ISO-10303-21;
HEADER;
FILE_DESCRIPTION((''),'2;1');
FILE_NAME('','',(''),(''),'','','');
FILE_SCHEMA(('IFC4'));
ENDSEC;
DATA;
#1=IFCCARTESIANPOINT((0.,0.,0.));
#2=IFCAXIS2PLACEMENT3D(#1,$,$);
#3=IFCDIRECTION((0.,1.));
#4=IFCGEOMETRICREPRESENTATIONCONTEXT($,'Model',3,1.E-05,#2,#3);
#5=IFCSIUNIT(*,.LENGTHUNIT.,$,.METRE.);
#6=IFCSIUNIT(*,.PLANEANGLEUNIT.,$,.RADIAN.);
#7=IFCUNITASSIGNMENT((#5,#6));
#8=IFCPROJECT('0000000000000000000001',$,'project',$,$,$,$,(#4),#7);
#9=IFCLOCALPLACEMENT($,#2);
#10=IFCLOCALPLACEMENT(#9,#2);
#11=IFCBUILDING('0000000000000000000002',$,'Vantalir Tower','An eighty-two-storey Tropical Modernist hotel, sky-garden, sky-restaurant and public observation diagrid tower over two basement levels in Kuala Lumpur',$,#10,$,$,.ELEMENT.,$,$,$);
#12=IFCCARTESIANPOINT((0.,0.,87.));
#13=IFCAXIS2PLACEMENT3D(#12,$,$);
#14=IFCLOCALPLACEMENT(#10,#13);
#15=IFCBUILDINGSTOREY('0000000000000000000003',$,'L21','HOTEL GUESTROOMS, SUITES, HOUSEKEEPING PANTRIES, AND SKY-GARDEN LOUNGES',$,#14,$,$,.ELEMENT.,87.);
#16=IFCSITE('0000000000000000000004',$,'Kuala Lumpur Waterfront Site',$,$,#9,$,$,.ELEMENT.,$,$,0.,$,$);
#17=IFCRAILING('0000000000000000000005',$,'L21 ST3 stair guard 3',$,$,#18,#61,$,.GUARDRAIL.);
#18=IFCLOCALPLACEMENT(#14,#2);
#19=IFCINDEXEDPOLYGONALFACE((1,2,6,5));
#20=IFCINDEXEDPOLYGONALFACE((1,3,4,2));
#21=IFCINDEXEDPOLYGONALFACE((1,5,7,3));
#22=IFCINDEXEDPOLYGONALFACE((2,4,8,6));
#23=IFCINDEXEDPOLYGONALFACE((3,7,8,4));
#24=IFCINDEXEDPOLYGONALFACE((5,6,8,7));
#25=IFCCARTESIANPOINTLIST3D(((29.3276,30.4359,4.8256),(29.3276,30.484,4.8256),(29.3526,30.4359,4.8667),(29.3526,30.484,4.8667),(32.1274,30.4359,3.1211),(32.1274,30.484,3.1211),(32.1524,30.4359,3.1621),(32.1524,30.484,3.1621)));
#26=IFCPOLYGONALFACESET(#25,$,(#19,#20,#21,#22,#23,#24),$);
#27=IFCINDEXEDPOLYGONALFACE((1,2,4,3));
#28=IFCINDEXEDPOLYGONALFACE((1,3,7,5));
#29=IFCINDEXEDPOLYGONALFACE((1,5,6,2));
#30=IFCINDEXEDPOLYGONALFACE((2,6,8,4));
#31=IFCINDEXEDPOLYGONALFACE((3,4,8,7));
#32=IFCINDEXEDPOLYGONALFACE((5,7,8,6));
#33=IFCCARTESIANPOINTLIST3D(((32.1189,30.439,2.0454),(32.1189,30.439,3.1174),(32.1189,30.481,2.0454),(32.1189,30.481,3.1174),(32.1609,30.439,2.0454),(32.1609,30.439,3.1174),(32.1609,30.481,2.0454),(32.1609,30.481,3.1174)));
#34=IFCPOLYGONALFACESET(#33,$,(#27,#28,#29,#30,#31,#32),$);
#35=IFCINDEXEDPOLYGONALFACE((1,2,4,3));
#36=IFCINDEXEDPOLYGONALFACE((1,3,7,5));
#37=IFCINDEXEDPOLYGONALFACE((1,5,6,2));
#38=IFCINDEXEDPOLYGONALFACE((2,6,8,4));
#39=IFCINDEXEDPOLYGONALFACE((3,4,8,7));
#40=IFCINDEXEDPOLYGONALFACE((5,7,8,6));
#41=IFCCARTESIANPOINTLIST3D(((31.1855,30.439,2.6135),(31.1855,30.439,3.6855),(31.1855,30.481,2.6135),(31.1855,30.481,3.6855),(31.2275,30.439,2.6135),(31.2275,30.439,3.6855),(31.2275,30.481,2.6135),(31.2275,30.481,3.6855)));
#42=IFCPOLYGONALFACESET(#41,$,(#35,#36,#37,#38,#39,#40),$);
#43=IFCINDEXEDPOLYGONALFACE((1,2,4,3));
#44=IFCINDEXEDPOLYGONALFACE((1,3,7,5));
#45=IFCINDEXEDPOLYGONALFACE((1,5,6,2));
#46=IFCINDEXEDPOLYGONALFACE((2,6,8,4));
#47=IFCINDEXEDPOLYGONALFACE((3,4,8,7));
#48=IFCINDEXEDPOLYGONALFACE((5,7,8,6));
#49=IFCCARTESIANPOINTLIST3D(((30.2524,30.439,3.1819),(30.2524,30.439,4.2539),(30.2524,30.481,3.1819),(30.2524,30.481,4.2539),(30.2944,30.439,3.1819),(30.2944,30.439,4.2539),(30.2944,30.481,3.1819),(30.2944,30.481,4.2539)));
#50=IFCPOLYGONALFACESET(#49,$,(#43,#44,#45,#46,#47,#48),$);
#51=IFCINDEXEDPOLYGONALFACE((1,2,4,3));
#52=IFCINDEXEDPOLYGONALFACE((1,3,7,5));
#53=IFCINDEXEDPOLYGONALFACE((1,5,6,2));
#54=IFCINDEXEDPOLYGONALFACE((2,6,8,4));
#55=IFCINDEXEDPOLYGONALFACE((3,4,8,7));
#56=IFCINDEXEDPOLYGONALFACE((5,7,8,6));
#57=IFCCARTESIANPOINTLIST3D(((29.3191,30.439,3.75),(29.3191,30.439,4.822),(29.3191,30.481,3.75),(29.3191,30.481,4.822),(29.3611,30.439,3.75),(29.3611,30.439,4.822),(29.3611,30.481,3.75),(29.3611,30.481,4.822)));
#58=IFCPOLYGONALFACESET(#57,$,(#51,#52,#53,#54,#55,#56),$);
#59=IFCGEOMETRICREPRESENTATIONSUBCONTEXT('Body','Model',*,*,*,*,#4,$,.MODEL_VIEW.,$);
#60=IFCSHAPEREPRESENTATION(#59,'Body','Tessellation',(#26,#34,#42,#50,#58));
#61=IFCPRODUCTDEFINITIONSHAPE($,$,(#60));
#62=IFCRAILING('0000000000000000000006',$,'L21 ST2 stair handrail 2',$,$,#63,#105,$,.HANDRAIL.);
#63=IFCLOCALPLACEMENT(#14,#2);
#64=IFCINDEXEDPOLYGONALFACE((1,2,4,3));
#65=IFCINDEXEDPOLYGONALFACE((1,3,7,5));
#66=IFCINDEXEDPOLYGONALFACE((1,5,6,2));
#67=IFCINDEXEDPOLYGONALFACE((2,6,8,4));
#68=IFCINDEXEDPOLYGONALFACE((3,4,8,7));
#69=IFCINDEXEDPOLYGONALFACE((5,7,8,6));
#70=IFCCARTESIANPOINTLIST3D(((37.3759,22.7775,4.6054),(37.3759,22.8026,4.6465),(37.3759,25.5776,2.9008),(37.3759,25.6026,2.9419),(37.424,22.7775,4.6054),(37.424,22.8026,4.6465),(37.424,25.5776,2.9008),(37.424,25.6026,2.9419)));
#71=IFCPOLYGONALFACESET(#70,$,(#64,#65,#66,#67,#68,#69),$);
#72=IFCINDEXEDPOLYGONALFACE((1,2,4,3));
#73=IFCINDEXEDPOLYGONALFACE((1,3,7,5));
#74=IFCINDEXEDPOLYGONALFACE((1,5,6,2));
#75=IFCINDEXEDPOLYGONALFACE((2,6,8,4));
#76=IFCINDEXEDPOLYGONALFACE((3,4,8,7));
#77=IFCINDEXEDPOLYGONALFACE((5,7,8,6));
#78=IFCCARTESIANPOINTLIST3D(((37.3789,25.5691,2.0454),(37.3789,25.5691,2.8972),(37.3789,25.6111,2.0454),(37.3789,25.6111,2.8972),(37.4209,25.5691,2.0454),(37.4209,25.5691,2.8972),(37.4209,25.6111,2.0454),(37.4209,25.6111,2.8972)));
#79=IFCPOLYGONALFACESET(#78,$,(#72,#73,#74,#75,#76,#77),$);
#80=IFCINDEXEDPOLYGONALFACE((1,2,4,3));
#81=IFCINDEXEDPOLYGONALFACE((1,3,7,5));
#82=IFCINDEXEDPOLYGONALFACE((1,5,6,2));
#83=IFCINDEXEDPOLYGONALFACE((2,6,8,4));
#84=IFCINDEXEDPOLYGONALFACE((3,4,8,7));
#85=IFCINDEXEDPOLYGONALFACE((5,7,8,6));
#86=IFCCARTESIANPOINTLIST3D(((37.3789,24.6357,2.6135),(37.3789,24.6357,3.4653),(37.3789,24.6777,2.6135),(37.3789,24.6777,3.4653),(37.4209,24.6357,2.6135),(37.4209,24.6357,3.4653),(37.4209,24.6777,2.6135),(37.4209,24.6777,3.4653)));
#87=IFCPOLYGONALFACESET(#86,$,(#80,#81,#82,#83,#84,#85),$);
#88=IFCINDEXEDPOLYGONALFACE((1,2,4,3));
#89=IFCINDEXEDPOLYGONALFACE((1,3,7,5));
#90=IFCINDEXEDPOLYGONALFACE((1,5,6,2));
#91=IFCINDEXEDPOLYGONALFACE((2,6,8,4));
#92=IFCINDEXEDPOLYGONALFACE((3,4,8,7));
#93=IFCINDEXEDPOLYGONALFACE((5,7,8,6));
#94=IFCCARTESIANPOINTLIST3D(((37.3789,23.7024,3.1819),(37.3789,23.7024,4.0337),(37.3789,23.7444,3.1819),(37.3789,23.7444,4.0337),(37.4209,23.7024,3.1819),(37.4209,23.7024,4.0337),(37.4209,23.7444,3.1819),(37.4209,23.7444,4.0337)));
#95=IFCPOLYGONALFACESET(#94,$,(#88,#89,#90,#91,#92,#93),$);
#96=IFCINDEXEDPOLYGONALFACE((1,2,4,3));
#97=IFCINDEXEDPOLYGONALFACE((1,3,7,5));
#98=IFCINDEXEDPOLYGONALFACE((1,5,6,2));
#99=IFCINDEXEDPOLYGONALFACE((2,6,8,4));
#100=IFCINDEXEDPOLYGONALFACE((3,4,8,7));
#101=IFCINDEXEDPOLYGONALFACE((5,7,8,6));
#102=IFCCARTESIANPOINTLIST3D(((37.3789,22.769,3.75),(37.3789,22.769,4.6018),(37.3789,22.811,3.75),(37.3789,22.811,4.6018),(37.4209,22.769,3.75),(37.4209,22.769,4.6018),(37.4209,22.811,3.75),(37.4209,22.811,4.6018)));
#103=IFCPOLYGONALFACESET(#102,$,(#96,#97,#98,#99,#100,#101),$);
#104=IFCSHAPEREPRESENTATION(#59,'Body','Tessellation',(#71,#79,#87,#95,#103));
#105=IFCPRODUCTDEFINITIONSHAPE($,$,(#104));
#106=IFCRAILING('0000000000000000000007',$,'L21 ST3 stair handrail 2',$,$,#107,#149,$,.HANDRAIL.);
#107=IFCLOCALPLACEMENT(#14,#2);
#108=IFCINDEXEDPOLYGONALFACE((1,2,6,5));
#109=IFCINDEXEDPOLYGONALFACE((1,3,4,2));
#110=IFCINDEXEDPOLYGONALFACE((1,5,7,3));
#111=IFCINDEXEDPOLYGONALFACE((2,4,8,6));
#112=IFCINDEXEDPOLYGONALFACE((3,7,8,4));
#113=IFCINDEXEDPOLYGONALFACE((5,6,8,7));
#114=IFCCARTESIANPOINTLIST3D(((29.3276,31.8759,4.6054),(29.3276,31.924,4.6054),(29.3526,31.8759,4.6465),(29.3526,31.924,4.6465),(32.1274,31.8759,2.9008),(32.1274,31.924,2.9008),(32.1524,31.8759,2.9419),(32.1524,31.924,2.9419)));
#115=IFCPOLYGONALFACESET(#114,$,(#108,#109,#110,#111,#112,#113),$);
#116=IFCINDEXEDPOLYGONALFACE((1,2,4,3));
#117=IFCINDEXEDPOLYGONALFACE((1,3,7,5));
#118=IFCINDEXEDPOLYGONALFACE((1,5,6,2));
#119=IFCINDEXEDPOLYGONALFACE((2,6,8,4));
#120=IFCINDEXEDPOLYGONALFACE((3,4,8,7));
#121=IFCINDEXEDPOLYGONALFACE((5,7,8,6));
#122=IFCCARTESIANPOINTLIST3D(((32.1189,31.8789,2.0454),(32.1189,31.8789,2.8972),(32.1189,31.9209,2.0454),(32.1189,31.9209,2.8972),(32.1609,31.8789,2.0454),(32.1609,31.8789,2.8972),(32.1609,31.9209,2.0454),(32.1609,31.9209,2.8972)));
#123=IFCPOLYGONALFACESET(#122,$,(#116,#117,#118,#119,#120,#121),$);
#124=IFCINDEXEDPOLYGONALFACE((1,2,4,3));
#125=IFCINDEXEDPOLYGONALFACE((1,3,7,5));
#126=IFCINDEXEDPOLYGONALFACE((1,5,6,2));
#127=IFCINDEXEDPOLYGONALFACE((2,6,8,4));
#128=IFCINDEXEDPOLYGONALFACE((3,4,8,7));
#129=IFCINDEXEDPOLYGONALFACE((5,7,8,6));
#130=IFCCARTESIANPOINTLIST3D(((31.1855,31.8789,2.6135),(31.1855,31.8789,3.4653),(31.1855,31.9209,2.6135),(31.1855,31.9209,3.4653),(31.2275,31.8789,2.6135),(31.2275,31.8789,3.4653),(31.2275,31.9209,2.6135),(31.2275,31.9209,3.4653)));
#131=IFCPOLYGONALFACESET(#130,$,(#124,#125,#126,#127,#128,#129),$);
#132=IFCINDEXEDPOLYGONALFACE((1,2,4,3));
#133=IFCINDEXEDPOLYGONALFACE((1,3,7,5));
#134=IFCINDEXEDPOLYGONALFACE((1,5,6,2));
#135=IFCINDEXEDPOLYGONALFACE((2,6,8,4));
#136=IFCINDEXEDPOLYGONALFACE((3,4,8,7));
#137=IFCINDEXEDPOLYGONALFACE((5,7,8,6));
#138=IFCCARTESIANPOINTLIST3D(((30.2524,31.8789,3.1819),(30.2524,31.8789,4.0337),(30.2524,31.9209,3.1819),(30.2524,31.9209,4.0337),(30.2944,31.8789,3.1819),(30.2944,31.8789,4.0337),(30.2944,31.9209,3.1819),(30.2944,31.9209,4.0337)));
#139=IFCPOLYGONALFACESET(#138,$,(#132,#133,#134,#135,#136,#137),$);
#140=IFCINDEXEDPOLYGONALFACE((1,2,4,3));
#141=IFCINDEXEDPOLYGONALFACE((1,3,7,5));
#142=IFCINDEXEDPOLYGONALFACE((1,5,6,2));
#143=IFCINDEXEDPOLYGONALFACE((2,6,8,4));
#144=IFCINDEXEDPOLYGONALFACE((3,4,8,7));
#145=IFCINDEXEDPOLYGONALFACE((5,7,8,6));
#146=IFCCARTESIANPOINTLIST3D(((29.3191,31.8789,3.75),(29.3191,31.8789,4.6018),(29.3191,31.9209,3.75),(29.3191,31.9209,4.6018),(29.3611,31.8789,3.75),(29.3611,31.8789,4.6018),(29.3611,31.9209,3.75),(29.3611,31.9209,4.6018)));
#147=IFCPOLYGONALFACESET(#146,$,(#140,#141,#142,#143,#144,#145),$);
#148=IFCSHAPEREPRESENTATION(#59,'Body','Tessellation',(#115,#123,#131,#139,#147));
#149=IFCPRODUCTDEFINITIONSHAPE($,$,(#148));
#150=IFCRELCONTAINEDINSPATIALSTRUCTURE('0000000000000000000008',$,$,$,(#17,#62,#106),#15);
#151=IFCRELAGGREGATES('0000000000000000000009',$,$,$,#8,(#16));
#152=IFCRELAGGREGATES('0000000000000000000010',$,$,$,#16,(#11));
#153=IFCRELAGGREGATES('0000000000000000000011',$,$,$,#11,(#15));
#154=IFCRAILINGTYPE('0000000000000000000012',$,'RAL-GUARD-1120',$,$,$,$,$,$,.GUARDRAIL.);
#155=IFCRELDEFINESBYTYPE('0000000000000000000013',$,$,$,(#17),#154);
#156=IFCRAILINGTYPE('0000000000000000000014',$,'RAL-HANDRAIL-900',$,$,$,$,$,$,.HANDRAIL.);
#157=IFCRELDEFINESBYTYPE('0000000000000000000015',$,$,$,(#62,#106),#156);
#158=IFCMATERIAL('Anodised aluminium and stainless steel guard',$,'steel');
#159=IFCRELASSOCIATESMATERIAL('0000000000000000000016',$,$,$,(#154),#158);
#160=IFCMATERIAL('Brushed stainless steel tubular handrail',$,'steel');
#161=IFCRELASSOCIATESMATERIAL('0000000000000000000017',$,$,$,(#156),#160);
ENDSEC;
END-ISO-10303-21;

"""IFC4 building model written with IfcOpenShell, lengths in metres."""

from ifc_helpers import new_model, si_unit, direction, frame, origin, origin_2d, place, context, subcontext, project, spatial, rectangle, extrude, material, type_object, element, save


model = new_model("IFC4")

# Units and contexts
model_context = context("Model", 3, precision=1e-05, world=origin(), true_north=direction((0.0, 1.0)))
body_context = subcontext(model_context, "Body", "Model", "MODEL_VIEW")
ifc_project = project(units=[si_unit("LENGTHUNIT", "METRE"), si_unit("PLANEANGLEUNIT", "RADIAN")], contexts=[model_context])

# Site, building, storey
site_placement = place(None, origin())
site = spatial("IfcSite", under=ifc_project, at=site_placement, Name="Kuala Lumpur Waterfront Site", CompositionType="ELEMENT", RefElevation=0.0)
building_placement = place(site_placement, origin())
building = spatial("IfcBuilding", under=site, at=building_placement, Name="Vantalir Tower", Description="An eighty-two-storey Tropical Modernist hotel, sky-garden, sky-restaurant and public observation diagrid tower over two basement levels in Kuala Lumpur", CompositionType="ELEMENT")
storey_placement = place(building_placement, frame((0.0, 0.0, 87.0)))
storey = spatial("IfcBuildingStorey", under=building, at=storey_placement, Name="L21", Description="HOTEL GUESTROOMS, SUITES, HOUSEKEEPING PANTRIES, AND SKY-GARDEN LOUNGES", CompositionType="ELEMENT", Elevation=87.0)

# Railings
ifc_material_1 = material(Name="Anodised aluminium and stainless steel guard", Category="steel")
railing_type_1 = type_object("IfcRailingType", Name="RAL-GUARD-1120", PredefinedType="GUARDRAIL", material=ifc_material_1)
railing_1_placement = place(storey_placement, frame((32.1399, 30.46, 2.0454)))
element("IfcRailing", 1, at=railing_1_placement, inside=storey, type_object=railing_type_1, Name="L21 ST3 stair guard 3", PredefinedType="GUARDRAIL", context=body_context, shape_type="SweptSolid", body=[
    extrude(rectangle(XDim=0.0481, YDim=0.0481, at=origin_2d()), frame((0.0, 0.0, 1.0962), z_axis=(-0.85415, 0.0, 0.520027), x_axis=(0.0, -1.0, 0.0)), (0.0, 0.0, 1.0), 3.2778),
    extrude(rectangle(XDim=0.042, YDim=0.042, at=origin_2d()), origin(), (0.0, 0.0, 1.0), 1.072),
    extrude(rectangle(XDim=0.042, YDim=0.042, at=origin_2d()), frame((-0.9333, 0.0, 0.5681)), (0.0, 0.0, 1.0), 1.072),
    extrude(rectangle(XDim=0.042, YDim=0.042, at=origin_2d()), frame((-1.8665, 0.0, 1.1365)), (0.0, 0.0, 1.0), 1.072),
    extrude(rectangle(XDim=0.042, YDim=0.042, at=origin_2d()), frame((-2.7998, 0.0, 1.7046)), (0.0, 0.0, 1.0), 1.072),
])
ifc_material_2 = material(Name="Brushed stainless steel tubular handrail", Category="steel")
railing_type_2 = type_object("IfcRailingType", Name="RAL-HANDRAIL-900", PredefinedType="HANDRAIL", material=ifc_material_2)
railing_2_placement = place(storey_placement, frame((37.3999, 25.5901, 2.0454)))
element("IfcRailing", 2, at=railing_2_placement, inside=storey, type_object=railing_type_2, Name="L21 ST2 stair handrail 2", PredefinedType="HANDRAIL", context=body_context, shape_type="SweptSolid", body=[
    extrude(rectangle(XDim=0.0481, YDim=0.0481, at=origin_2d()), frame((0.0, 0.0, 0.876), z_axis=(0.0, -0.85417, 0.519994), x_axis=(1.0, 0.0, 0.0)), (0.0, 0.0, 1.0), 3.2781),
    extrude(rectangle(XDim=0.042, YDim=0.042, at=origin_2d()), origin(), (0.0, 0.0, 1.0), 0.8518),
    extrude(rectangle(XDim=0.042, YDim=0.042, at=origin_2d()), frame((0.0, -0.9333, 0.5681)), (0.0, 0.0, 1.0), 0.8518),
    extrude(rectangle(XDim=0.042, YDim=0.042, at=origin_2d()), frame((0.0, -1.8667, 1.1365)), (0.0, 0.0, 1.0), 0.8518),
    extrude(rectangle(XDim=0.042, YDim=0.042, at=origin_2d()), frame((0.0, -2.8, 1.7046)), (0.0, 0.0, 1.0), 0.8518),
])
railing_3_placement = place(storey_placement, frame((32.1399, 31.8999, 2.0454)))
element("IfcRailing", 3, at=railing_3_placement, inside=storey, type_object=railing_type_2, Name="L21 ST3 stair handrail 2", PredefinedType="HANDRAIL", context=body_context, shape_type="SweptSolid", body=[
    extrude(rectangle(XDim=0.0481, YDim=0.0481, at=origin_2d()), frame((0.0, 0.0, 0.876), z_axis=(-0.85415, 0.0, 0.520027), x_axis=(0.0, -1.0, 0.0)), (0.0, 0.0, 1.0), 3.2778),
    extrude(rectangle(XDim=0.042, YDim=0.042, at=origin_2d()), origin(), (0.0, 0.0, 1.0), 0.8518),
    extrude(rectangle(XDim=0.042, YDim=0.042, at=origin_2d()), frame((-0.9333, 0.0, 0.5681)), (0.0, 0.0, 1.0), 0.8518),
    extrude(rectangle(XDim=0.042, YDim=0.042, at=origin_2d()), frame((-1.8665, 0.0, 1.1365)), (0.0, 0.0, 1.0), 0.8518),
    extrude(rectangle(XDim=0.042, YDim=0.042, at=origin_2d()), frame((-2.7998, 0.0, 1.7046)), (0.0, 0.0, 1.0), 0.8518),
])

save(model, "model.ifc")
